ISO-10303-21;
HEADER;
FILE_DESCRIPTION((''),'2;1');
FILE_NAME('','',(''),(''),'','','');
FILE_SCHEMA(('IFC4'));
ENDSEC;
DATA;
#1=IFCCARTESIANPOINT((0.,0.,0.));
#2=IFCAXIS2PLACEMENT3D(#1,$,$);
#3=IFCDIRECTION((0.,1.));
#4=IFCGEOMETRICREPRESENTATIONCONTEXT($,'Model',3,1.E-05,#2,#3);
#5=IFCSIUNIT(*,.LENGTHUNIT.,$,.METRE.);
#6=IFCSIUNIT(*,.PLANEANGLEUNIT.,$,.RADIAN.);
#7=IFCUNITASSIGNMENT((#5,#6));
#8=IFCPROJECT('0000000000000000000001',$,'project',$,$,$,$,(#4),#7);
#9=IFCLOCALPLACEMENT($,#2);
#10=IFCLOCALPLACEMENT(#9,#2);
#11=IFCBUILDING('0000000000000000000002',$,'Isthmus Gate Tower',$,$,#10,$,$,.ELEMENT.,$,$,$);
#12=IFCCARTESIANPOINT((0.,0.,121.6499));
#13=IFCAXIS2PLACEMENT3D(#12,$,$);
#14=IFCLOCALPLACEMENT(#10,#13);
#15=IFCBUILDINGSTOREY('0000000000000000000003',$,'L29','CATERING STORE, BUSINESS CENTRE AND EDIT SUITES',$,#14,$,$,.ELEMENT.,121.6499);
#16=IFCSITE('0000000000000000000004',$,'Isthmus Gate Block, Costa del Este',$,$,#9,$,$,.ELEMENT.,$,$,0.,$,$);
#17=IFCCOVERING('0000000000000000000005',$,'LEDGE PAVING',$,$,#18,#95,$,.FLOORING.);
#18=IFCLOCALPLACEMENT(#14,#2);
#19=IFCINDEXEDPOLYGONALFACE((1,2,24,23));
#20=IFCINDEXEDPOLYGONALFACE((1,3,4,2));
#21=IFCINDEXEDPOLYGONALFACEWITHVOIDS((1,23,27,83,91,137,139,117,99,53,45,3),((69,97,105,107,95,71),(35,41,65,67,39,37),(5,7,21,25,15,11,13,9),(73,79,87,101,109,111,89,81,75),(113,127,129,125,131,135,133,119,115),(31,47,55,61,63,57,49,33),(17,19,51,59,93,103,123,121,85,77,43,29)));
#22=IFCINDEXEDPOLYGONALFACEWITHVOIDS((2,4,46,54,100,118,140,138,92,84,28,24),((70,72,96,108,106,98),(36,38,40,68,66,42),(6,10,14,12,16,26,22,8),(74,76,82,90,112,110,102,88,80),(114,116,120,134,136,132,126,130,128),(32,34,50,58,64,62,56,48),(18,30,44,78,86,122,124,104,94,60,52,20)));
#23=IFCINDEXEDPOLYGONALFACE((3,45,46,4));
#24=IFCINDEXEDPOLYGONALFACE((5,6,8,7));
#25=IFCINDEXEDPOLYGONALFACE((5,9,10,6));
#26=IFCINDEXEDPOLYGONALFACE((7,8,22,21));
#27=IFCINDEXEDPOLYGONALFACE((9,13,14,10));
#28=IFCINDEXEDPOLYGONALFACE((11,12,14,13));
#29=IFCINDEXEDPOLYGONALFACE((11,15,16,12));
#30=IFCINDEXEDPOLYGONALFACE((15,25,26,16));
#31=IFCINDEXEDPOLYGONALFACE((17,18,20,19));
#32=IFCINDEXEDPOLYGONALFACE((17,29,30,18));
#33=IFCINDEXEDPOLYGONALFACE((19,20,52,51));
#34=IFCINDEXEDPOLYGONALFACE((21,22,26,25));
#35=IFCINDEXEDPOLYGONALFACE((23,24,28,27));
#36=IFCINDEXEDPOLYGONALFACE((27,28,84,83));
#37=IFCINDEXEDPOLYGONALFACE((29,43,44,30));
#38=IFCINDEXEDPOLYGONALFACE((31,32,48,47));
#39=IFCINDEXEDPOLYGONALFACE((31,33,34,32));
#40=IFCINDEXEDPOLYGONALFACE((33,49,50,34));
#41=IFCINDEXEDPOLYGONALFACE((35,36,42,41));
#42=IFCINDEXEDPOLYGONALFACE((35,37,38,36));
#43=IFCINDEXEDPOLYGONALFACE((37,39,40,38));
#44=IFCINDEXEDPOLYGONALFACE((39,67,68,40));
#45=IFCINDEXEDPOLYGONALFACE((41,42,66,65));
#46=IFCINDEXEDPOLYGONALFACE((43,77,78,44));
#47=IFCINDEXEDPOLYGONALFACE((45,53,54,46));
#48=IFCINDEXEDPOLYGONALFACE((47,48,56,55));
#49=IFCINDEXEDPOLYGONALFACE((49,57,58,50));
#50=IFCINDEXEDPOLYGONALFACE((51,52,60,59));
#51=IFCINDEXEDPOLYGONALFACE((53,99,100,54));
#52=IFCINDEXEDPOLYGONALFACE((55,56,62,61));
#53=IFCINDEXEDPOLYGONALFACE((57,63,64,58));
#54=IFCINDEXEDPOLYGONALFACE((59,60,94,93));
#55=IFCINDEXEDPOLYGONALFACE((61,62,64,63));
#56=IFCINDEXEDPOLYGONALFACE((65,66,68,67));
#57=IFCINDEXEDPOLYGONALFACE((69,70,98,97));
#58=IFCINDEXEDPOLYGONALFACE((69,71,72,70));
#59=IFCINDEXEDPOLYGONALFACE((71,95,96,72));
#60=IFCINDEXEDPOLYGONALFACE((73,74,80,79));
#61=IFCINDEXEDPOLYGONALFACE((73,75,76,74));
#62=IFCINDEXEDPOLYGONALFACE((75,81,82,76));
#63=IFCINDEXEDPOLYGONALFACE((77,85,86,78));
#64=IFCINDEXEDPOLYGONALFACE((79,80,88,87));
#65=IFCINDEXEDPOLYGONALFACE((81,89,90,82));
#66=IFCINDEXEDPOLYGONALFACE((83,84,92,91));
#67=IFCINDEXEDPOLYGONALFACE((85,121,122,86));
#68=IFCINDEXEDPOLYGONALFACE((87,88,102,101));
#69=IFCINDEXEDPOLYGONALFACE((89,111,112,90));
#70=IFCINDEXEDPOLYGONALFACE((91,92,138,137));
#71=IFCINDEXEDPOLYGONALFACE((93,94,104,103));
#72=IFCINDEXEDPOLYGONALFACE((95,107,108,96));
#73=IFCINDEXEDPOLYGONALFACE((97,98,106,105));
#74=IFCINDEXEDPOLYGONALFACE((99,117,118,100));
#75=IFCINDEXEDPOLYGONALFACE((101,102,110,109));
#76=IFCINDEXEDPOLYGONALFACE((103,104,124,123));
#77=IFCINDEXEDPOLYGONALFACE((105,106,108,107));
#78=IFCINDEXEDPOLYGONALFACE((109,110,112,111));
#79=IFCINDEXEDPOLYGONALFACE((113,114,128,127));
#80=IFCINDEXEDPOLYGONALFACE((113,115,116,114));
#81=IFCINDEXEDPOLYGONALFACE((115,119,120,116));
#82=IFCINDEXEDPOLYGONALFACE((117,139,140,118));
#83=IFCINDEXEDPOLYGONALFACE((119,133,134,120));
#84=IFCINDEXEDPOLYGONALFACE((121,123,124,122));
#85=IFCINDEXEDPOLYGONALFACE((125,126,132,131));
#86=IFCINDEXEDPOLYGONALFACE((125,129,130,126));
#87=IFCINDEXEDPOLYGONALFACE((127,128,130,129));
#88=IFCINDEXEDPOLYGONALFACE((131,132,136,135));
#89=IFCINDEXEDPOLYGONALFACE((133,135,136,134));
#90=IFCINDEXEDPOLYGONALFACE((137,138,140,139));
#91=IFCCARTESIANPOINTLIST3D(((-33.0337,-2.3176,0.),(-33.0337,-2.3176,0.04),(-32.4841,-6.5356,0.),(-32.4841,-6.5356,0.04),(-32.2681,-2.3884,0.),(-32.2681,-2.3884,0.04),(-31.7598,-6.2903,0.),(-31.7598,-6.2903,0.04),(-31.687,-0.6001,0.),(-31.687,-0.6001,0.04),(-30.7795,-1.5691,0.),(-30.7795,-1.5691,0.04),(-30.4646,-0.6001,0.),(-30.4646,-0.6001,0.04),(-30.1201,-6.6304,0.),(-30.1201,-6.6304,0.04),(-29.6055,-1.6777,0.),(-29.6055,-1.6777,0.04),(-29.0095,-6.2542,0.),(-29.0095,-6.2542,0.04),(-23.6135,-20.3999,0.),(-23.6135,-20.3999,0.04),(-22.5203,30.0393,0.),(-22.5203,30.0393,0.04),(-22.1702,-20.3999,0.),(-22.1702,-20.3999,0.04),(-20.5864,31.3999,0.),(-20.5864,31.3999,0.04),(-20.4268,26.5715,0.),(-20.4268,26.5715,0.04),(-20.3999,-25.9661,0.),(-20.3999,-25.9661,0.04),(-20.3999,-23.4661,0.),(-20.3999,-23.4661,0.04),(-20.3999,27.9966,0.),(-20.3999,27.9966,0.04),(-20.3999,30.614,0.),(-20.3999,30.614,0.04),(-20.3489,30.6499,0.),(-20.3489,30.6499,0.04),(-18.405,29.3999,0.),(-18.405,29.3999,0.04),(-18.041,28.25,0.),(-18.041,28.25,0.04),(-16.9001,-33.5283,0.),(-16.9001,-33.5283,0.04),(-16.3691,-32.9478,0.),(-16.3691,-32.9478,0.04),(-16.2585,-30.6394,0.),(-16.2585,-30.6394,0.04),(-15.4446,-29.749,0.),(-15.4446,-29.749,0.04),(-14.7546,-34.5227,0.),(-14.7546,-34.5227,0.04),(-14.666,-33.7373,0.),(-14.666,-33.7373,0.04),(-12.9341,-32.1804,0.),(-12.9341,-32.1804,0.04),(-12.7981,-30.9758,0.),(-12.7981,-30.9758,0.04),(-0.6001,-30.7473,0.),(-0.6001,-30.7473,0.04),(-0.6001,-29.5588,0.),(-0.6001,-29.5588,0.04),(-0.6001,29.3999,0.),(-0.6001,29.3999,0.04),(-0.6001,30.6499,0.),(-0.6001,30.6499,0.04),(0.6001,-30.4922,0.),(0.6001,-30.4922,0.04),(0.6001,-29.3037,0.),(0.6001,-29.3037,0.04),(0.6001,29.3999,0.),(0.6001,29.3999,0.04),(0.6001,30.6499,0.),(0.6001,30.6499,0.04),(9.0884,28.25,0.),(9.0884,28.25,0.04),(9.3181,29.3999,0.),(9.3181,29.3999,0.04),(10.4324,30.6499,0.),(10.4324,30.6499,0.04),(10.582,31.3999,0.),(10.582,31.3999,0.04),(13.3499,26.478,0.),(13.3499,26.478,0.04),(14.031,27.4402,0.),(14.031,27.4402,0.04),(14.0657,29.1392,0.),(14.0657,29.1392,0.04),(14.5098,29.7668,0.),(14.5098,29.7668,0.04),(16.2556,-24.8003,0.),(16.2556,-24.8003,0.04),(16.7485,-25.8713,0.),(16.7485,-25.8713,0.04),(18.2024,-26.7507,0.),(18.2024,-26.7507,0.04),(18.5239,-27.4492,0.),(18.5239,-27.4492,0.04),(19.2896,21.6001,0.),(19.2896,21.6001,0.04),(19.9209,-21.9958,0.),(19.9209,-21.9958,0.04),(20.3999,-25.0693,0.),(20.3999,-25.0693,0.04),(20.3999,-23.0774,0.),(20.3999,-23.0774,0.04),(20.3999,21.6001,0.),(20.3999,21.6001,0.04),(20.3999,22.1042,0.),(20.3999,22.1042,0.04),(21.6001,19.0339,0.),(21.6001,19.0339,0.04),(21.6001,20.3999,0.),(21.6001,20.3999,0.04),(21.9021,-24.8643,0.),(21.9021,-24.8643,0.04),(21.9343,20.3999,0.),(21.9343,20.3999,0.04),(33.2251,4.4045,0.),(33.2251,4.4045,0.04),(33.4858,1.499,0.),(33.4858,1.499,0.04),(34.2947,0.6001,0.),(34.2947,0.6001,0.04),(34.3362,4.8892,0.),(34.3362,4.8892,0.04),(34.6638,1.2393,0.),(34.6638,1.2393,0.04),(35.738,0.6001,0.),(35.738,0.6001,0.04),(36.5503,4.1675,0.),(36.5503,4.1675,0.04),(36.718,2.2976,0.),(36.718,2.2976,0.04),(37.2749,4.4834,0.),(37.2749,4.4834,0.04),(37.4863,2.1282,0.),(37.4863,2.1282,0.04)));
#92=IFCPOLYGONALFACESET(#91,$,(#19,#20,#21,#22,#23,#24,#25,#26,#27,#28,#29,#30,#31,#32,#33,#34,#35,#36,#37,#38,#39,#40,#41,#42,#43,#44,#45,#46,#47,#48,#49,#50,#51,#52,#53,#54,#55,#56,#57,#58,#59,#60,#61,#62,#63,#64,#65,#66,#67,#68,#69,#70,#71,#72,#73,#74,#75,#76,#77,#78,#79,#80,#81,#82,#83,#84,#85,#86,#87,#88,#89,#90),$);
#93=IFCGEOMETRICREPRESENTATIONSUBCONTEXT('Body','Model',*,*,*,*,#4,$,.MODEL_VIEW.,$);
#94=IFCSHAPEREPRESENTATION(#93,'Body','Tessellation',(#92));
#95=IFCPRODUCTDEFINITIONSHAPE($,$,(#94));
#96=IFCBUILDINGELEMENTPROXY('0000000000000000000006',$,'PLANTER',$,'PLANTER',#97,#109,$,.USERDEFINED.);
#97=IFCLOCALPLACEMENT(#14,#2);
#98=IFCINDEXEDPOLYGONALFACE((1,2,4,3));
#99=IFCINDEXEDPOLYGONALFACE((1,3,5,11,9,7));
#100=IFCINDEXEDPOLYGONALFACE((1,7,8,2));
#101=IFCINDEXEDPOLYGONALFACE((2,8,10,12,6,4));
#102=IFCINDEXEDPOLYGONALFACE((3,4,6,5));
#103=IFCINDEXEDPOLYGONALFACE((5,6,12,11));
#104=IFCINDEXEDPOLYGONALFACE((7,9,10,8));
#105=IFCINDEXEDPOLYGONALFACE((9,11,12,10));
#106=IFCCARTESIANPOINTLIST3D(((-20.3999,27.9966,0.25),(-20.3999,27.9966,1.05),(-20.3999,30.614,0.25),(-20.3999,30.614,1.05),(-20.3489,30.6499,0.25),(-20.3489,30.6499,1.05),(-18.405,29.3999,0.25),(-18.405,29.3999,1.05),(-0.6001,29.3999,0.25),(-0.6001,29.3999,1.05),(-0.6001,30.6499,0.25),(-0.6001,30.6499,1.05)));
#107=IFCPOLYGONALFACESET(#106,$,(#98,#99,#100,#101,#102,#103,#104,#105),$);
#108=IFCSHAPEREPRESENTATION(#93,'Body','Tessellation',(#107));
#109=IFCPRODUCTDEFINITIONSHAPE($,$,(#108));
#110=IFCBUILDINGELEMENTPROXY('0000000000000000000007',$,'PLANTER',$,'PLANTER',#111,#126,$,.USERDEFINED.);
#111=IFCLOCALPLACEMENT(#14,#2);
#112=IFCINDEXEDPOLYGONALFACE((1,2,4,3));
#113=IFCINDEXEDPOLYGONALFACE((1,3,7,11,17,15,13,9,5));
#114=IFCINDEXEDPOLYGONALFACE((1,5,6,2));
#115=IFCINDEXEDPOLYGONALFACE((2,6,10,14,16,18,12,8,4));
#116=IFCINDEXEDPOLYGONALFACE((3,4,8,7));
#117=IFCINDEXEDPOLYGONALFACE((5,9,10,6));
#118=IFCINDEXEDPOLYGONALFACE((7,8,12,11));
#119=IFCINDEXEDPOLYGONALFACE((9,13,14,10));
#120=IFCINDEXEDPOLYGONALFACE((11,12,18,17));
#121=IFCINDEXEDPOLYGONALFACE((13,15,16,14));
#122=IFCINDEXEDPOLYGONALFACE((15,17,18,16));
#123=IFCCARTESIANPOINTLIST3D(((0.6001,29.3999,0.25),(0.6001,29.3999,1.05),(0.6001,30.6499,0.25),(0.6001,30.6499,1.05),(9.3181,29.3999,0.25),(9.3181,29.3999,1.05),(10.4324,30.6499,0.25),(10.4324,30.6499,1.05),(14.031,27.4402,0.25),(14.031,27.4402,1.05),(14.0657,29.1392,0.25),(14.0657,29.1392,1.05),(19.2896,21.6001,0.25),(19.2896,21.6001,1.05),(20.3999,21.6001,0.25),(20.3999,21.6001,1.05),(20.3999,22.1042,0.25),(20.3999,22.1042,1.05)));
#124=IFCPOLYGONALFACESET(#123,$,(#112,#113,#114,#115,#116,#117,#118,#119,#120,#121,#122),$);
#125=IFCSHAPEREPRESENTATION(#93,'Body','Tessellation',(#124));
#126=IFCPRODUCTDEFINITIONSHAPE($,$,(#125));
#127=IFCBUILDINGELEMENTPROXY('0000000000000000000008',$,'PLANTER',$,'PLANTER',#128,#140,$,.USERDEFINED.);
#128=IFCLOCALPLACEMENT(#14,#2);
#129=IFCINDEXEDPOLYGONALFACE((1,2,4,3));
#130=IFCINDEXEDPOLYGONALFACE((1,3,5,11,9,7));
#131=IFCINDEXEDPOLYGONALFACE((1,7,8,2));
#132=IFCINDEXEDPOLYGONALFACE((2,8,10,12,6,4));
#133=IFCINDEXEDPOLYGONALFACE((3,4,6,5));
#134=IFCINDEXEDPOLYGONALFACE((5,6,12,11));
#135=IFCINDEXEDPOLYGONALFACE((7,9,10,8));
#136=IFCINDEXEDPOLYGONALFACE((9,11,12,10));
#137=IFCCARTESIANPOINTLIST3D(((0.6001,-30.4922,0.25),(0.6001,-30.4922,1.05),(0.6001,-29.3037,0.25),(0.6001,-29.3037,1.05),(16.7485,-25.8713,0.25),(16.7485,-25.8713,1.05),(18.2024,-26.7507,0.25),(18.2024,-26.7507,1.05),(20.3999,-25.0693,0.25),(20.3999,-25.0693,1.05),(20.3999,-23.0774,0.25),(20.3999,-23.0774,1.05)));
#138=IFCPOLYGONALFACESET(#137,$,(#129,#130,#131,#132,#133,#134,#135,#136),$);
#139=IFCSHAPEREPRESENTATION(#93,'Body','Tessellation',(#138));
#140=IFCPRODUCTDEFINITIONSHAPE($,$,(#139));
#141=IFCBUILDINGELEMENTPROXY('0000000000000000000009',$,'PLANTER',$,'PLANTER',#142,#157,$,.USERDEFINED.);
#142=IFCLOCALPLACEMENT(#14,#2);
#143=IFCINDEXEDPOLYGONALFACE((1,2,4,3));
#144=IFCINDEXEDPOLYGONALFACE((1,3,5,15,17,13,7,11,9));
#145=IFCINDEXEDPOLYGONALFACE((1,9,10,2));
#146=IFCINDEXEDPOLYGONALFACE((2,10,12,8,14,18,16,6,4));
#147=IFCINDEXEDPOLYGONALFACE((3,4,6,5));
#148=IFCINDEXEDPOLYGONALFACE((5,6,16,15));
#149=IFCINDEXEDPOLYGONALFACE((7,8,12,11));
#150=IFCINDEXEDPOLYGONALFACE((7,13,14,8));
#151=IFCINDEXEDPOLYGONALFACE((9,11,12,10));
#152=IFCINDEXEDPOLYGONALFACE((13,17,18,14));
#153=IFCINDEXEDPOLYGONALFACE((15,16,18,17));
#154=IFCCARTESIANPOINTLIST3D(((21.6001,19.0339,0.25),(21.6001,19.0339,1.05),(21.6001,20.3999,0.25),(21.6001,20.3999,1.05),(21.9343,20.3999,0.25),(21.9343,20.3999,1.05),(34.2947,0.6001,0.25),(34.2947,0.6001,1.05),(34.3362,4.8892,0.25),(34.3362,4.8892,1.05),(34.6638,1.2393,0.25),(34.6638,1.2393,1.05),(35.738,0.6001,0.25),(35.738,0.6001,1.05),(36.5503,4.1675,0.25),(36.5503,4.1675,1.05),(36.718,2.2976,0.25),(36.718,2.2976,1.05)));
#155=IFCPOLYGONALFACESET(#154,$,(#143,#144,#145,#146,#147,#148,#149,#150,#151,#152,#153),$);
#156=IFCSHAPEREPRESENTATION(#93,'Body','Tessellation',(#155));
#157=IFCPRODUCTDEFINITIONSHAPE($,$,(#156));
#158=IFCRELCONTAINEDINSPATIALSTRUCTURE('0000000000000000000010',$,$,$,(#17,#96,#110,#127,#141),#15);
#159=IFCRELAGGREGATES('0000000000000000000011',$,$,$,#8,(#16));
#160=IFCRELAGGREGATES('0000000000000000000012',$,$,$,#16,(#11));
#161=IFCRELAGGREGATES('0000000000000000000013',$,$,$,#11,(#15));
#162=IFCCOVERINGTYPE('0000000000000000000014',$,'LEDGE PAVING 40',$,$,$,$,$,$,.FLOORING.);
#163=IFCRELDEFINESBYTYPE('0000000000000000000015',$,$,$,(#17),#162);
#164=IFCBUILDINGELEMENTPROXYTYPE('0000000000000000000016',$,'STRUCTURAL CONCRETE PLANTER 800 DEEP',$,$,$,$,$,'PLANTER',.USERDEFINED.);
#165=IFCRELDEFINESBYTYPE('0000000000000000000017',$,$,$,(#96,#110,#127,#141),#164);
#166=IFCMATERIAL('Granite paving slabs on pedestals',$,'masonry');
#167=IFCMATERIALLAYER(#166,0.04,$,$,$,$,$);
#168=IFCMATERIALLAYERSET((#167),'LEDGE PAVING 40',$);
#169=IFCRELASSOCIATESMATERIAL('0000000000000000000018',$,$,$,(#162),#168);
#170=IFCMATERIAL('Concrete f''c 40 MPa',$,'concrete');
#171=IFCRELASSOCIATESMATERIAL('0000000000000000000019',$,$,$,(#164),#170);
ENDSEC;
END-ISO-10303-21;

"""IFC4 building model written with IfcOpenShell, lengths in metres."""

from ifc_helpers import new_model, si_unit, direction, frame, origin, place, context, subcontext, project, spatial, polyline, outline, extrude, material, layer, layer_set, type_object, element, save


model = new_model("IFC4")

# Units and contexts
model_context = context("Model", 3, precision=1e-05, world=origin(), true_north=direction((0.0, 1.0)))
body_context = subcontext(model_context, "Body", "Model", "MODEL_VIEW")
ifc_project = project(units=[si_unit("LENGTHUNIT", "METRE"), si_unit("PLANEANGLEUNIT", "RADIAN")], contexts=[model_context])

# Site, building, storey
site_placement = place(None, origin())
site = spatial("IfcSite", under=ifc_project, at=site_placement, Name="Isthmus Gate Block, Costa del Este", CompositionType="ELEMENT", RefElevation=0.0)
building_placement = place(site_placement, origin())
building = spatial("IfcBuilding", under=site, at=building_placement, Name="Isthmus Gate Tower", CompositionType="ELEMENT")
storey_placement = place(building_placement, frame((0.0, 0.0, 121.6499)))
storey = spatial("IfcBuildingStorey", under=building, at=storey_placement, Name="L29", Description="CATERING STORE, BUSINESS CENTRE AND EDIT SUITES", CompositionType="ELEMENT", Elevation=121.6499)

# Covering
ifc_material_1 = material(Name="Granite paving slabs on pedestals", Category="masonry")
ifc_layer_1 = layer(ifc_material_1, 0.04)
ifc_layer_set_1 = layer_set([ifc_layer_1], Name="LEDGE PAVING 40")
covering_type = type_object("IfcCoveringType", Name="LEDGE PAVING 40", PredefinedType="FLOORING", material=ifc_layer_set_1)
covering_placement = place(storey_placement, origin())
element("IfcCovering", 1, at=covering_placement, inside=storey, type_object=covering_type, Name="LEDGE PAVING", PredefinedType="FLOORING", context=body_context, shape_type="SweptSolid", body=[
    extrude(outline(polyline([(37.2749, 4.4834), (37.4863, 2.1282), (21.9021, -24.8643), (18.5239, -27.4492), (-14.7546, -34.5227), (-16.9001, -33.5283), (-32.4841, -6.5356), (-33.0337, -2.3176), (-22.5203, 30.0393), (-20.5864, 31.3999), (10.582, 31.3999), (14.5098, 29.7668), (37.2749, 4.4834)]), holes=[polyline([(-20.4268, 26.5715), (-29.6055, -1.6777), (-29.0095, -6.2542), (-15.4446, -29.749), (-12.7981, -30.9758), (16.2556, -24.8003), (19.9209, -21.9958), (33.4858, 1.499), (33.2251, 4.4045), (13.3499, 26.478), (9.0884, 28.25), (-18.041, 28.25), (-20.4268, 26.5715)]), polyline([(-14.666, -33.7373), (-0.6001, -30.7473), (-0.6001, -29.5588), (-12.9341, -32.1804), (-16.2585, -30.6394), (-20.3999, -23.4661), (-20.3999, -25.9661), (-16.3691, -32.9478), (-14.666, -33.7373)]), polyline([(0.6001, -30.4922), (18.2024, -26.7507), (20.3999, -25.0693), (20.3999, -23.0774), (16.7485, -25.8713), (0.6001, -29.3037), (0.6001, -30.4922)]), polyline([(-30.1201, -6.6304), (-30.7795, -1.5691), (-30.4646, -0.6001), (-31.687, -0.6001), (-32.2681, -2.3884), (-31.7598, -6.2903), (-23.6135, -20.3999), (-22.1702, -20.3999), (-30.1201, -6.6304)]), polyline([(21.9343, 20.3999), (21.6001, 20.3999), (21.6001, 19.0339), (34.3362, 4.8892), (34.6638, 1.2393), (34.2947, 0.6001), (35.738, 0.6001), (36.718, 2.2976), (36.5503, 4.1675), (21.9343, 20.3999)]), polyline([(14.031, 27.4402), (19.2896, 21.6001), (20.3999, 21.6001), (20.3999, 22.1042), (14.0657, 29.1392), (10.4324, 30.6499), (0.6001, 30.6499), (0.6001, 29.3999), (9.3181, 29.3999), (14.031, 27.4402)]), polyline([(-20.3999, 27.9966), (-18.405, 29.3999), (-0.6001, 29.3999), (-0.6001, 30.6499), (-20.3489, 30.6499), (-20.3999, 30.614), (-20.3999, 27.9966)])]), origin(), (0.0, 0.0, 1.0), 0.04),
])

# Building element proxies
ifc_material_2 = material(Name="Concrete f'c 40 MPa", Category="concrete")
building_element_proxy_type = type_object("IfcBuildingElementProxyType", Name="STRUCTURAL CONCRETE PLANTER 800 DEEP", ElementType="PLANTER", PredefinedType="USERDEFINED", material=ifc_material_2)
proxy_1_placement = place(storey_placement, frame((0.0, 0.0, 0.25)))
element("IfcBuildingElementProxy", 2, at=proxy_1_placement, inside=storey, type_object=building_element_proxy_type, Name="PLANTER", ObjectType="PLANTER", PredefinedType="USERDEFINED", context=body_context, shape_type="SweptSolid", body=[
    extrude(outline(polyline([(-0.6001, 29.3999), (-0.6001, 30.6499), (-20.3489, 30.6499), (-20.3999, 30.614), (-20.3999, 27.9966), (-18.405, 29.3999), (-0.6001, 29.3999)])), origin(), (0.0, 0.0, 1.0), 0.8),
])
proxy_2_placement = place(storey_placement, frame((0.0, 0.0, 0.25)))
element("IfcBuildingElementProxy", 3, at=proxy_2_placement, inside=storey, type_object=building_element_proxy_type, Name="PLANTER", ObjectType="PLANTER", PredefinedType="USERDEFINED", context=body_context, shape_type="SweptSolid", body=[
    extrude(outline(polyline([(20.3999, 21.6001), (20.3999, 22.1042), (14.0657, 29.1392), (10.4324, 30.6499), (0.6001, 30.6499), (0.6001, 29.3999), (9.3181, 29.3999), (14.031, 27.4402), (19.2896, 21.6001), (20.3999, 21.6001)])), origin(), (0.0, 0.0, 1.0), 0.8),
])
proxy_3_placement = place(storey_placement, frame((0.0, 0.0, 0.25)))
element("IfcBuildingElementProxy", 4, at=proxy_3_placement, inside=storey, type_object=building_element_proxy_type, Name="PLANTER", ObjectType="PLANTER", PredefinedType="USERDEFINED", context=body_context, shape_type="SweptSolid", body=[
    extrude(outline(polyline([(20.3999, -25.0693), (20.3999, -23.0774), (16.7485, -25.8713), (0.6001, -29.3037), (0.6001, -30.4922), (18.2024, -26.7507), (20.3999, -25.0693)])), origin(), (0.0, 0.0, 1.0), 0.8),
])
proxy_4_placement = place(storey_placement, frame((0.0, 0.0, 0.25)))
element("IfcBuildingElementProxy", 5, at=proxy_4_placement, inside=storey, type_object=building_element_proxy_type, Name="PLANTER", ObjectType="PLANTER", PredefinedType="USERDEFINED", context=body_context, shape_type="SweptSolid", body=[
    extrude(outline(polyline([(21.6001, 20.3999), (21.6001, 19.0339), (34.3362, 4.8892), (34.6638, 1.2393), (34.2947, 0.6001), (35.738, 0.6001), (36.718, 2.2976), (36.5503, 4.1675), (21.9343, 20.3999), (21.6001, 20.3999)])), origin(), (0.0, 0.0, 1.0), 0.8),
])

save(model, "model.ifc")
